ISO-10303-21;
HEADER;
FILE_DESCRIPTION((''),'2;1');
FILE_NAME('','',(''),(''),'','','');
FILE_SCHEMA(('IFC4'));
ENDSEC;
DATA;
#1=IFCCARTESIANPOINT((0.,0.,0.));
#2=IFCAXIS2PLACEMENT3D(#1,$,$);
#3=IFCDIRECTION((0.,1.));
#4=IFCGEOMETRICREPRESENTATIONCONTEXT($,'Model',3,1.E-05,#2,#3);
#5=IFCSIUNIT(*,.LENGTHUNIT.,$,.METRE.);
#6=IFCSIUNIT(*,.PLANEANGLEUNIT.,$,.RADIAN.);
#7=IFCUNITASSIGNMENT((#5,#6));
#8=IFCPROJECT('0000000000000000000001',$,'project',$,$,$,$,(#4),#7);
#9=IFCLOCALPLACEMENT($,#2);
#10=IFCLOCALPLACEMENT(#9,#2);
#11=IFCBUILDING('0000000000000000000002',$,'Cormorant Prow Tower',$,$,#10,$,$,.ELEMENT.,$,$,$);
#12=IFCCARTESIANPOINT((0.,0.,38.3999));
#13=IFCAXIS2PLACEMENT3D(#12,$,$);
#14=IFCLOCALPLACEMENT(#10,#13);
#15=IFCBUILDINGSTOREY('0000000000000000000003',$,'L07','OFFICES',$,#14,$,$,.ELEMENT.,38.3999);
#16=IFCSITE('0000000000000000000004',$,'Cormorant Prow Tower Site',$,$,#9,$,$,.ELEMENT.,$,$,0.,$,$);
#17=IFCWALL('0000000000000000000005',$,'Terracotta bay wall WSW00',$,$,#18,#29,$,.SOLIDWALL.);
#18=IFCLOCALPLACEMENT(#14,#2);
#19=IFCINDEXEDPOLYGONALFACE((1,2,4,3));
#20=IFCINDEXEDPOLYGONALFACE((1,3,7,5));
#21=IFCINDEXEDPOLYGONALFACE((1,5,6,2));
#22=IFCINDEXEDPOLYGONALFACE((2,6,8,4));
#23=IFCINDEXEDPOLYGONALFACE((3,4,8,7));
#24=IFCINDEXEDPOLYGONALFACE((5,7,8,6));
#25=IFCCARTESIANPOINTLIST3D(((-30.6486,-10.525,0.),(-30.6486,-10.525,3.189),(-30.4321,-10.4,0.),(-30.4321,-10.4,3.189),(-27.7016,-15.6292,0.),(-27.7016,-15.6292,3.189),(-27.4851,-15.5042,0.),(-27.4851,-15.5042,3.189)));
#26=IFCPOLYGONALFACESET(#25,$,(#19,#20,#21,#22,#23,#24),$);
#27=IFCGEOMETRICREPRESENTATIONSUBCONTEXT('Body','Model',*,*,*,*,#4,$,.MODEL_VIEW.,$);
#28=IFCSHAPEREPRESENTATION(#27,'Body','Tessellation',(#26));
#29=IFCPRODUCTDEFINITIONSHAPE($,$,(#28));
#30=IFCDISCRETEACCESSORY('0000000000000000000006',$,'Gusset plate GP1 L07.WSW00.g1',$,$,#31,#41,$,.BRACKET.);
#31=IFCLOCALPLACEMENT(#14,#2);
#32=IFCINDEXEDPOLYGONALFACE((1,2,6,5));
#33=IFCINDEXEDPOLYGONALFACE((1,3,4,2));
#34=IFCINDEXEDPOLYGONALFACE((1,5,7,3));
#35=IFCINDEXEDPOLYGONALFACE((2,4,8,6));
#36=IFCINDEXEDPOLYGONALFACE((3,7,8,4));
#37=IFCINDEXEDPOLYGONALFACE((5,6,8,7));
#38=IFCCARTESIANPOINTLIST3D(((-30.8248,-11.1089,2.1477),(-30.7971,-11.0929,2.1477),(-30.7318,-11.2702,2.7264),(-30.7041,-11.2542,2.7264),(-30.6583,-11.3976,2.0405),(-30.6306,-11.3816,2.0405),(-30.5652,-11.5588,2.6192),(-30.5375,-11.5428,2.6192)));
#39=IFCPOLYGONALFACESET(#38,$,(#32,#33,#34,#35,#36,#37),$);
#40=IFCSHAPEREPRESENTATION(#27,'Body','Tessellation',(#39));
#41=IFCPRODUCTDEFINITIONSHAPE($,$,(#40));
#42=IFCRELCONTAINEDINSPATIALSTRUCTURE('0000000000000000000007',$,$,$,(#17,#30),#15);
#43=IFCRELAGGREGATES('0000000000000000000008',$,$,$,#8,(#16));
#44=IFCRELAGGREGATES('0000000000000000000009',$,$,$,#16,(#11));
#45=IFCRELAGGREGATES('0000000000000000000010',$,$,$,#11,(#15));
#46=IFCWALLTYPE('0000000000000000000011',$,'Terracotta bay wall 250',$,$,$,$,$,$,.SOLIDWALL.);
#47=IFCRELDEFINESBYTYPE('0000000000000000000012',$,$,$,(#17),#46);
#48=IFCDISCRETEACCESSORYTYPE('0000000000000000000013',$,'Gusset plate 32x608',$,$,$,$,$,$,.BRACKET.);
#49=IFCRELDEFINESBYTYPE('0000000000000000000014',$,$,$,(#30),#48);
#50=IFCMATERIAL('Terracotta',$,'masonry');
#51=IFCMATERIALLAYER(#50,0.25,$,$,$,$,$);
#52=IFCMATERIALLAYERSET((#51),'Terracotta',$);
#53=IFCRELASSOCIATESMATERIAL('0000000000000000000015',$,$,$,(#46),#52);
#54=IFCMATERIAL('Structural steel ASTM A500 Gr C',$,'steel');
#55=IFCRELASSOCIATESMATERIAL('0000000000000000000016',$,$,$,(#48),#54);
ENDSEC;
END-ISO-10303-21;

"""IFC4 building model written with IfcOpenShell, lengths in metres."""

from ifc_helpers import new_model, si_unit, direction, frame, frame_2d, origin, origin_2d, place, context, subcontext, project, spatial, rectangle, extrude, material, layer, layer_set, material_profile, profile_set, type_object, element, save


model = new_model("IFC4")

# Units and contexts
model_context = context("Model", 3, precision=1e-05, world=origin(), true_north=direction((0.0, 1.0)))
body_context = subcontext(model_context, "Body", "Model", "MODEL_VIEW")
ifc_project = project(units=[si_unit("LENGTHUNIT", "METRE"), si_unit("PLANEANGLEUNIT", "RADIAN")], contexts=[model_context])

# Site, building, storey
site_placement = place(None, origin())
site = spatial("IfcSite", under=ifc_project, at=site_placement, Name="Cormorant Prow Tower Site", CompositionType="ELEMENT", RefElevation=0.0)
building_placement = place(site_placement, origin())
building = spatial("IfcBuilding", under=site, at=building_placement, Name="Cormorant Prow Tower", CompositionType="ELEMENT")
storey_placement = place(building_placement, frame((0.0, 0.0, 38.3999)))
storey = spatial("IfcBuildingStorey", under=building, at=storey_placement, Name="L07", Description="OFFICES", CompositionType="ELEMENT", Elevation=38.3999)

# Wall
ifc_material_1 = material(Name="Terracotta", Category="masonry")
ifc_layer_1 = layer(ifc_material_1, 0.25)
ifc_layer_set_1 = layer_set([ifc_layer_1], Name="Terracotta")
wall_type_1 = type_object("IfcWallType", Name="Terracotta bay wall 250", PredefinedType="SOLIDWALL", material=ifc_layer_set_1)
wall_1_placement = place(storey_placement, frame((-30.5403, -10.4626, 0.0), z_axis=(0.0, 0.0, 1.0), x_axis=(0.50001, -0.866019, 0.0)))
element("IfcWall", 1, at=wall_1_placement, inside=storey, type_object=wall_type_1, Name="Terracotta bay wall WSW00", PredefinedType="SOLIDWALL", context=body_context, shape_type="SweptSolid", body=[
    extrude(rectangle(XDim=5.8938, YDim=0.25, at=frame_2d((2.9468, 0.0))), origin(), (0.0, 0.0, 1.0), 3.189),
])

# Discrete accessory
ifc_material_2 = material(Name="Structural steel ASTM A500 Gr C", Category="steel")
ifc_material_profile_1 = material_profile(ifc_material_2, rectangle(XDim=0.032, YDim=0.6079, at=origin_2d()), Name="Gusset plate 32x608")
ifc_profile_set_1 = profile_set([ifc_material_profile_1], Name="Structural steel ASTM A500 Gr C")
discrete_accessory_type = type_object("IfcDiscreteAccessoryType", Name="Gusset plate 32x608", PredefinedType="BRACKET", material=ifc_profile_set_1)
discrete_accessory_placement = place(storey_placement, frame((-30.5979, -11.4702, 2.3298), z_axis=(-0.475753, 0.824546, 0.30624), x_axis=(-0.866161, -0.499765, 0.0)))
element("IfcDiscreteAccessory", 2, at=discrete_accessory_placement, inside=storey, type_object=discrete_accessory_type, Name="Gusset plate GP1 L07.WSW00.g1", PredefinedType="BRACKET", context=body_context, shape_type="SweptSolid", body=[
    extrude(rectangle(XDim=0.032, YDim=0.6079, at=origin_2d()), origin(), (0.0, 0.0, 1.0), 0.3501),
])

save(model, "model.ifc")
